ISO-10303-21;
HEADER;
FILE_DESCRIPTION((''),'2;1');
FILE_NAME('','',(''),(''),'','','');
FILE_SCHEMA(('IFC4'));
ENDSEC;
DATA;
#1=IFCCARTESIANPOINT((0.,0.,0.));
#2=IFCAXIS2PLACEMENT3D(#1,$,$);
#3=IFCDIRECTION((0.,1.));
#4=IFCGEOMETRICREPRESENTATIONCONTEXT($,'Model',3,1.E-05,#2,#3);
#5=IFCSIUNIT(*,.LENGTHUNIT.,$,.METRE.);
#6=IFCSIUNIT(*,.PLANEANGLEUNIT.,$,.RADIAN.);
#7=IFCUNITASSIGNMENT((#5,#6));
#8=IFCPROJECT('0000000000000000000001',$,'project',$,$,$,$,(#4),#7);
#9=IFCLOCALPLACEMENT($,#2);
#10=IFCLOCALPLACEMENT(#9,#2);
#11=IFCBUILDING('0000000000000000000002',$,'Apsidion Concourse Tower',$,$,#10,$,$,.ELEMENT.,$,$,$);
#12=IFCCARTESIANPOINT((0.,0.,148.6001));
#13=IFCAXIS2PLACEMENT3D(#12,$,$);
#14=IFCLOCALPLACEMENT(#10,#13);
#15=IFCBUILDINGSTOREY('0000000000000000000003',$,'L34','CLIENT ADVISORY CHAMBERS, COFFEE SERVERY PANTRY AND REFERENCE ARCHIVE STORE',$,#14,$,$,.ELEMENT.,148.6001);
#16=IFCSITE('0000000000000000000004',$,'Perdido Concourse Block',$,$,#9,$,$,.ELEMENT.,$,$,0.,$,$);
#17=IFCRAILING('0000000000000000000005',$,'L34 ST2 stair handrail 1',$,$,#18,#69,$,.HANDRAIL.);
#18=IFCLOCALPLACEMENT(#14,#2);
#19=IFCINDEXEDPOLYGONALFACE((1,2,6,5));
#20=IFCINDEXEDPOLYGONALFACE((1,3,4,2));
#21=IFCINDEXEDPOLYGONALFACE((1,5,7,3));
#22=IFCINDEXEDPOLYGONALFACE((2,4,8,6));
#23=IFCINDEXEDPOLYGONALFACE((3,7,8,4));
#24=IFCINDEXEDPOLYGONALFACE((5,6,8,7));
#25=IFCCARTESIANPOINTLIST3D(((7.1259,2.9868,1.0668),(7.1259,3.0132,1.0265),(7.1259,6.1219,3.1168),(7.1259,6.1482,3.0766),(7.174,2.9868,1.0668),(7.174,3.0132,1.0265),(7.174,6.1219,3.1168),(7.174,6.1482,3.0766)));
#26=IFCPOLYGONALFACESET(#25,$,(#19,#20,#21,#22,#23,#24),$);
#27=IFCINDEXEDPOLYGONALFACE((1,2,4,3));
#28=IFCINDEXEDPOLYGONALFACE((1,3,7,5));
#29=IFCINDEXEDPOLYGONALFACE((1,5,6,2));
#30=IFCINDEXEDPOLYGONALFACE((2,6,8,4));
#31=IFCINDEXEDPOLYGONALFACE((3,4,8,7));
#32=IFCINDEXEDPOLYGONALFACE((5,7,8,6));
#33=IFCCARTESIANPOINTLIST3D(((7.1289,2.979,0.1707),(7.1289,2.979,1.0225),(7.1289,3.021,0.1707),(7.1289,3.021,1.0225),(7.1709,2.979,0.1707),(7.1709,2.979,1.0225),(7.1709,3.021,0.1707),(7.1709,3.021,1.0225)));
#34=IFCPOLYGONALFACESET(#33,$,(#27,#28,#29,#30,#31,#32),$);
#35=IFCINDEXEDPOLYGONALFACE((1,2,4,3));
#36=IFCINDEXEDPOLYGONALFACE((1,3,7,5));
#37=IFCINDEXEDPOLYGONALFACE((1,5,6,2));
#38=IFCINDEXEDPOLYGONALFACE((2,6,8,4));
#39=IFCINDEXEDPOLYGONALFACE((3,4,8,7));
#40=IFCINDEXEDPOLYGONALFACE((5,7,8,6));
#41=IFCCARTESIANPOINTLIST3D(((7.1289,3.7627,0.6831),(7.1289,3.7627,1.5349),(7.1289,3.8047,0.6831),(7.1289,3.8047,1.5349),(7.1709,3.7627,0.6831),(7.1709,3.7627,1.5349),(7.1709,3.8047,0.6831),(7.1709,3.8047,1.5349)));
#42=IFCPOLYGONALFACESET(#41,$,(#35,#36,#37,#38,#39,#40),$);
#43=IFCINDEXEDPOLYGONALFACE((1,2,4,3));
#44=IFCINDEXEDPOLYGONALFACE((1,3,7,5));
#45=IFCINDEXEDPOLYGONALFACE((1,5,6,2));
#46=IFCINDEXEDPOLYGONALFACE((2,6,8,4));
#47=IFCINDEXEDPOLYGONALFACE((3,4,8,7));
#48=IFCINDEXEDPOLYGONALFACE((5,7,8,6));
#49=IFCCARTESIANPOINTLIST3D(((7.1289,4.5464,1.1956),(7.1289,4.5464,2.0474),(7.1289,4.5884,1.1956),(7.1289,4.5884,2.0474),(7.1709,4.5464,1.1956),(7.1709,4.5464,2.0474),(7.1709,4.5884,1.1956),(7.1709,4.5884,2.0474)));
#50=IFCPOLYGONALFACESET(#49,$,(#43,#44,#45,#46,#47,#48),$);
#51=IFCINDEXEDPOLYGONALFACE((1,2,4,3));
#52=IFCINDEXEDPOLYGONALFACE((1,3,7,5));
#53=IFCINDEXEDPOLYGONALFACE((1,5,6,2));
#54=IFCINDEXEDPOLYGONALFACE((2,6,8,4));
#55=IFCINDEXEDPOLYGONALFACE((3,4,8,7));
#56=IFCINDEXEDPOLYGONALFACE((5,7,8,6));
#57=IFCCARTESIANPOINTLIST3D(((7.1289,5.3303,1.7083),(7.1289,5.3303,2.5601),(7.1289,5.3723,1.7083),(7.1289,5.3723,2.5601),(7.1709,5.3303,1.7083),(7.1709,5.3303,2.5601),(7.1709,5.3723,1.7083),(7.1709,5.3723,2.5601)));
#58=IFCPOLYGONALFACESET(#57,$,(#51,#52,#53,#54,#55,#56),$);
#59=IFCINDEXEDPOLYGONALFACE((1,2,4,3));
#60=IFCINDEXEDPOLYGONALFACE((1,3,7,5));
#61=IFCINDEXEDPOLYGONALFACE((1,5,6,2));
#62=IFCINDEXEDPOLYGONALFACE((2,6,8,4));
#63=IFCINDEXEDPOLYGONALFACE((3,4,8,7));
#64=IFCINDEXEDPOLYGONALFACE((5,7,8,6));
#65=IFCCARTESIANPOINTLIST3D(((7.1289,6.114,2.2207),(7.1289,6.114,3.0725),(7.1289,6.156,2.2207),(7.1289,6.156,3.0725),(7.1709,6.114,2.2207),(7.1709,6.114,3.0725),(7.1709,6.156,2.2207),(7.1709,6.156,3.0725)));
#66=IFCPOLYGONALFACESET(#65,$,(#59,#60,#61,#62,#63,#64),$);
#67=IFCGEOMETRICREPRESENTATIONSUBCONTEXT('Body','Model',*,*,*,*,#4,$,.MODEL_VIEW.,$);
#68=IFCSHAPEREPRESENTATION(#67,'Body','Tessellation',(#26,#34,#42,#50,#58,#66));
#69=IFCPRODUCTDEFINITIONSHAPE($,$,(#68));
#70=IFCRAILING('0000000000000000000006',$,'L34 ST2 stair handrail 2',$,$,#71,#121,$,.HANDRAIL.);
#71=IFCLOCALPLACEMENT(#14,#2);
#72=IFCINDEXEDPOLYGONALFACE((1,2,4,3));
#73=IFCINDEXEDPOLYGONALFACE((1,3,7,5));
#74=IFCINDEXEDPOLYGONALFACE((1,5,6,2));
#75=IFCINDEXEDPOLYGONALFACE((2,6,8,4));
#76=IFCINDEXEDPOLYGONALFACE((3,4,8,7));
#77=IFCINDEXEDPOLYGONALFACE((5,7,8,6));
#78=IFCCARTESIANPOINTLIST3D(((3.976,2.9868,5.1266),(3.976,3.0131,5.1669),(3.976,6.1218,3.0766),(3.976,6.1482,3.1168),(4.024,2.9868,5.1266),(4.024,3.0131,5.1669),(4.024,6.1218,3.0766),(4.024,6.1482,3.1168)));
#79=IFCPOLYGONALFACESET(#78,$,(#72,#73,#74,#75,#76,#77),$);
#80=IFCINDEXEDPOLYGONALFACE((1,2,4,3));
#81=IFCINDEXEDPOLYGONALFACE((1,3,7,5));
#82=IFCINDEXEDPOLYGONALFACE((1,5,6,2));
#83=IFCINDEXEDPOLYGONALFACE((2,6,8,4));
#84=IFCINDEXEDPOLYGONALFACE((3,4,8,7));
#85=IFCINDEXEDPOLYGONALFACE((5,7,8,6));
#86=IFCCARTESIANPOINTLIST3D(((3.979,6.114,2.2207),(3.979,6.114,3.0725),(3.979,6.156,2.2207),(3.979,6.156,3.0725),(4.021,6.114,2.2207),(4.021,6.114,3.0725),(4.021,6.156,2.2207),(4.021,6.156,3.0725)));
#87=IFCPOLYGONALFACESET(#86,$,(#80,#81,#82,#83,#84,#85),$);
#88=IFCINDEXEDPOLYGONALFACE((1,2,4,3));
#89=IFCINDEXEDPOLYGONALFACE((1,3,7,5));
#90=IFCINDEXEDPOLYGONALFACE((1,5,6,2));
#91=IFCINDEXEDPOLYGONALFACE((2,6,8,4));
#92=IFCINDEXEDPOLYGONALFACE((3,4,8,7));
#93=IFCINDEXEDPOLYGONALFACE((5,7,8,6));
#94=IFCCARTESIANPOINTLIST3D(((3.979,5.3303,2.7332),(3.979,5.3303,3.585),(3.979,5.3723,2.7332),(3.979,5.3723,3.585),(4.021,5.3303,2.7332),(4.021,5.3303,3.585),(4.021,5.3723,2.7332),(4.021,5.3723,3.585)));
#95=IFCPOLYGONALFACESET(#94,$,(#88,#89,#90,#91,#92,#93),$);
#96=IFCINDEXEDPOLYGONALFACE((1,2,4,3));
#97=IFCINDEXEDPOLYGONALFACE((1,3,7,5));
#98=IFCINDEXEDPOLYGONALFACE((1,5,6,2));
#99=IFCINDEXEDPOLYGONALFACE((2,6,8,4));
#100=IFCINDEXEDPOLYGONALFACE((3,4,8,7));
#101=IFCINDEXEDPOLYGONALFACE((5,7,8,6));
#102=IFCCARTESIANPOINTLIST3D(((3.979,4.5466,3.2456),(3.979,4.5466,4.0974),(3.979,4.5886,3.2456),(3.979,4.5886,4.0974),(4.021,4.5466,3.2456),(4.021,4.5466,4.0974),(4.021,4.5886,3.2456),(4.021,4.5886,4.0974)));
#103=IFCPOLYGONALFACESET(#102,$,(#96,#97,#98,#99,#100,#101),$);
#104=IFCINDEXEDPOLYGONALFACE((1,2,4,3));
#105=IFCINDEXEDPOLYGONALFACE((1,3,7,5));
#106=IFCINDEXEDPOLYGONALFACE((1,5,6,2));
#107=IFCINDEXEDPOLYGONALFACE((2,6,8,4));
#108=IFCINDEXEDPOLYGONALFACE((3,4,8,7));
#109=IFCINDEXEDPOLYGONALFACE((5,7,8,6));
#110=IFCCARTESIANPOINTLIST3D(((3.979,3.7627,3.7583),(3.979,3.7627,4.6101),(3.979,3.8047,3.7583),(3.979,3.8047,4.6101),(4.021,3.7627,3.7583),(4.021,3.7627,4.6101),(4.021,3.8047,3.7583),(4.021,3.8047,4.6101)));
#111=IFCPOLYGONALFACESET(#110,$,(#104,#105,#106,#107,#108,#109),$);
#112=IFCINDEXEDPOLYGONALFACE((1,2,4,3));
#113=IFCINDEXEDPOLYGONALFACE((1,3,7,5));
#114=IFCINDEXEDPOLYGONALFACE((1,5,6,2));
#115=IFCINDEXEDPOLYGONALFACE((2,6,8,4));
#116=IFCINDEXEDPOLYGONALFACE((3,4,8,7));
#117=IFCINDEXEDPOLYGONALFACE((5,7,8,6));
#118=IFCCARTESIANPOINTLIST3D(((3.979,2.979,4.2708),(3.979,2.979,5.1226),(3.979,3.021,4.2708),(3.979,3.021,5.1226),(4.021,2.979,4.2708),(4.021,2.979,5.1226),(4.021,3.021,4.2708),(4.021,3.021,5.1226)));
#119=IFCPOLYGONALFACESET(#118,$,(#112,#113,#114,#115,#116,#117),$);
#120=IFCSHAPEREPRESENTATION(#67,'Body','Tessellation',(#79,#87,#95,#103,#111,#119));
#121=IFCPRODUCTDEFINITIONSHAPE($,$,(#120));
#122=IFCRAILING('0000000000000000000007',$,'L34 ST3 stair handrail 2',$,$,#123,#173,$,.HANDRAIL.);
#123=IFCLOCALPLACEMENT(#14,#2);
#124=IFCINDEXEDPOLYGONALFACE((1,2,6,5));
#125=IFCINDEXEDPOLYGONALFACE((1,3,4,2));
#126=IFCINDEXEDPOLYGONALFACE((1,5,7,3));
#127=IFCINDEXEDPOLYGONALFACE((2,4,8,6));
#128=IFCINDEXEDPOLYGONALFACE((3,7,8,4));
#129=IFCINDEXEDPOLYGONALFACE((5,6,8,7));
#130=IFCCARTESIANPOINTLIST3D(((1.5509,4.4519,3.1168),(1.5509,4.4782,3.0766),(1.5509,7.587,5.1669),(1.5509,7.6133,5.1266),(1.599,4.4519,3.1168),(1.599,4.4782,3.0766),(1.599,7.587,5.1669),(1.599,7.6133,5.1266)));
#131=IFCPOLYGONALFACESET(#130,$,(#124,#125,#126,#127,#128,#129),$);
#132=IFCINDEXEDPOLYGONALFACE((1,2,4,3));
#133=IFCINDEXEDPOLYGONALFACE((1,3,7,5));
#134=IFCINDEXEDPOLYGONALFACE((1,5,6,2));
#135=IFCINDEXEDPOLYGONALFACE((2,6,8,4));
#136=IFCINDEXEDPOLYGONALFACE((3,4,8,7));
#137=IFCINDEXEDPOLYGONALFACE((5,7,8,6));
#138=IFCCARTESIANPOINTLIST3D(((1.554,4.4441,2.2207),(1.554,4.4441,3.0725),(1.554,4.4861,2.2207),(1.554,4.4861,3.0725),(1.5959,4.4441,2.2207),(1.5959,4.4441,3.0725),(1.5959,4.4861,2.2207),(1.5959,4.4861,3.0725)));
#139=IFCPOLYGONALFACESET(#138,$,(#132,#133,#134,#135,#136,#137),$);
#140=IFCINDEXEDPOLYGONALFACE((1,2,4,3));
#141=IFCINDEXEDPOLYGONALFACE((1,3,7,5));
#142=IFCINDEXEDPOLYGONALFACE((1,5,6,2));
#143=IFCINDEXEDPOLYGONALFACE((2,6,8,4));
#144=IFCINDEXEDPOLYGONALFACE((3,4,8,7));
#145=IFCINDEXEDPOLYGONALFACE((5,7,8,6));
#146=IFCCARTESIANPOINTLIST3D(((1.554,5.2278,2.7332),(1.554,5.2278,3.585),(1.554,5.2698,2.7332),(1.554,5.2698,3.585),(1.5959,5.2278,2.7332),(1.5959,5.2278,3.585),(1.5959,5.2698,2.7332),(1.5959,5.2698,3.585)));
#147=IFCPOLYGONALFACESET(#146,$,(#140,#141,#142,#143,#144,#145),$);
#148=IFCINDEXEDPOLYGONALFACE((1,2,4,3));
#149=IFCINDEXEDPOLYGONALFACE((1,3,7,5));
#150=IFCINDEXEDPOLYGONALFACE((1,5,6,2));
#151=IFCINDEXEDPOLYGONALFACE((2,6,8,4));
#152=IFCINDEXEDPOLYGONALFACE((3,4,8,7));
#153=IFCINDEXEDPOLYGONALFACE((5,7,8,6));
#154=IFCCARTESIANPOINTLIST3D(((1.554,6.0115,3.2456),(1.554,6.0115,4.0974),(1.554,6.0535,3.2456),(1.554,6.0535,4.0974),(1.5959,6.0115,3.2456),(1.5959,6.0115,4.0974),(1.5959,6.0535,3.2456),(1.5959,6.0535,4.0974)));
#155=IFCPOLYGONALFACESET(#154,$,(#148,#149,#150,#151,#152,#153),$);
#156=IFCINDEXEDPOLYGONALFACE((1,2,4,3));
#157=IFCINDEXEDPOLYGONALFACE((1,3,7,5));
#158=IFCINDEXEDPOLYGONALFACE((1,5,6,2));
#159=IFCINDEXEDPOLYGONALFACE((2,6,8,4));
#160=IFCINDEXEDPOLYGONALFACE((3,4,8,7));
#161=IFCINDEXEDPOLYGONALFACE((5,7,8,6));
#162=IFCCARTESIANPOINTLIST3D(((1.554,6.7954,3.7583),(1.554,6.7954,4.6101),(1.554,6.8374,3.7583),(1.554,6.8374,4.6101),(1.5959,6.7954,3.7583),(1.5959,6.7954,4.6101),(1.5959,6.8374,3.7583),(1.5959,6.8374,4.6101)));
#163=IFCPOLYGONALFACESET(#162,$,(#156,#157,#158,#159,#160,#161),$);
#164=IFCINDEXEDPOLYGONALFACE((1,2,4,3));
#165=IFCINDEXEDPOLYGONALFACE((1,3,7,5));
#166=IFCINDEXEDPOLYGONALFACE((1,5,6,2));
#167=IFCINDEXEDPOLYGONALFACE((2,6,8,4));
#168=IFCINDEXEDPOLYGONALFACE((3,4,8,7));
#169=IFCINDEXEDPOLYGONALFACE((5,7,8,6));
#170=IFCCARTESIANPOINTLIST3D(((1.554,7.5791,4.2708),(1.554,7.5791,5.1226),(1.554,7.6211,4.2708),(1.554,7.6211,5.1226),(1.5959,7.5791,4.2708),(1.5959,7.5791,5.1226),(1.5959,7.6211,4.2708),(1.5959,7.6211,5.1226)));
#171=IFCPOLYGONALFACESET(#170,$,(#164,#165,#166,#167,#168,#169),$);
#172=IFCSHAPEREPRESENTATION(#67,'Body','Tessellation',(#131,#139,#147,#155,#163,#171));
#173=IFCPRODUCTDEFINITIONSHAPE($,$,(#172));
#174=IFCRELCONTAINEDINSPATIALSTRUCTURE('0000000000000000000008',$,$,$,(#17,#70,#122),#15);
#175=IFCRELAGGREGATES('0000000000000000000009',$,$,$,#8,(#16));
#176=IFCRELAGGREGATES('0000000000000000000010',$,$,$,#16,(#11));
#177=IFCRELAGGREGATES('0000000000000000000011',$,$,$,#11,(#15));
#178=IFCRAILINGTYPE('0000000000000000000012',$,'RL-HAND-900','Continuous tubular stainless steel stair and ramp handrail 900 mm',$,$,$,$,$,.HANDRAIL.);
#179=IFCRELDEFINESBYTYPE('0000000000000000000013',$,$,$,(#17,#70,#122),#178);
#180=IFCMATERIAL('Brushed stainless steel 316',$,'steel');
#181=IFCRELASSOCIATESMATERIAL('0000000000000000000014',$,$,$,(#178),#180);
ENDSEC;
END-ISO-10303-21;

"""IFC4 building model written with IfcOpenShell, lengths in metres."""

from ifc_helpers import new_model, si_unit, direction, frame, origin, origin_2d, place, context, subcontext, project, spatial, rectangle, extrude, material, type_object, element, save


model = new_model("IFC4")

# Units and contexts
model_context = context("Model", 3, precision=1e-05, world=origin(), true_north=direction((0.0, 1.0)))
body_context = subcontext(model_context, "Body", "Model", "MODEL_VIEW")
ifc_project = project(units=[si_unit("LENGTHUNIT", "METRE"), si_unit("PLANEANGLEUNIT", "RADIAN")], contexts=[model_context])

# Site, building, storey
site_placement = place(None, origin())
site = spatial("IfcSite", under=ifc_project, at=site_placement, Name="Perdido Concourse Block", CompositionType="ELEMENT", RefElevation=0.0)
building_placement = place(site_placement, origin())
building = spatial("IfcBuilding", under=site, at=building_placement, Name="Apsidion Concourse Tower", CompositionType="ELEMENT")
storey_placement = place(building_placement, frame((0.0, 0.0, 148.6001)))
storey = spatial("IfcBuildingStorey", under=building, at=storey_placement, Name="L34", Description="CLIENT ADVISORY CHAMBERS, COFFEE SERVERY PANTRY AND REFERENCE ARCHIVE STORE", CompositionType="ELEMENT", Elevation=148.6001)

# Shared definitions
ifc_material_1 = material(Name="Brushed stainless steel 316", Category="steel")

# Railings
railing_type_1 = type_object("IfcRailingType", Name="RL-HAND-900", Description="Continuous tubular stainless steel stair and ramp handrail 900 mm", PredefinedType="HANDRAIL", material=ifc_material_1)
railing_1_placement = place(storey_placement, frame((7.1499, 3.0, 0.1707)))
element("IfcRailing", 1, at=railing_1_placement, inside=storey, type_object=railing_type_1, Name="L34 ST2 stair handrail 1", PredefinedType="HANDRAIL", context=body_context, shape_type="SweptSolid", body=[
    extrude(rectangle(XDim=0.0481, YDim=0.0481, at=origin_2d()), frame((0.0, 0.0, 0.876), z_axis=(0.0, 0.836941, 0.547293), x_axis=(-1.0, 0.0, 0.0)), (0.0, 0.0, 1.0), 3.7458),
    extrude(rectangle(XDim=0.042, YDim=0.042, at=origin_2d()), origin(), (0.0, 0.0, 1.0), 0.8518),
    extrude(rectangle(XDim=0.042, YDim=0.042, at=origin_2d()), frame((0.0, 0.7837, 0.5125)), (0.0, 0.0, 1.0), 0.8518),
    extrude(rectangle(XDim=0.042, YDim=0.042, at=origin_2d()), frame((0.0, 1.5674, 1.0249)), (0.0, 0.0, 1.0), 0.8518),
    extrude(rectangle(XDim=0.042, YDim=0.042, at=origin_2d()), frame((0.0, 2.3513, 1.5376)), (0.0, 0.0, 1.0), 0.8518),
    extrude(rectangle(XDim=0.042, YDim=0.042, at=origin_2d()), frame((0.0, 3.135, 2.05)), (0.0, 0.0, 1.0), 0.8518),
])
railing_2_placement = place(storey_placement, frame((4.0, 6.135, 2.2207)))
element("IfcRailing", 2, at=railing_2_placement, inside=storey, type_object=railing_type_1, Name="L34 ST2 stair handrail 2", PredefinedType="HANDRAIL", context=body_context, shape_type="SweptSolid", body=[
    extrude(rectangle(XDim=0.0481, YDim=0.0481, at=origin_2d()), frame((0.0, 0.0, 0.876), z_axis=(0.0, -0.836941, 0.547293), x_axis=(1.0, 0.0, 0.0)), (0.0, 0.0, 1.0), 3.7458),
    extrude(rectangle(XDim=0.042, YDim=0.042, at=origin_2d()), origin(), (0.0, 0.0, 1.0), 0.8518),
    extrude(rectangle(XDim=0.042, YDim=0.042, at=origin_2d()), frame((0.0, -0.7837, 0.5125)), (0.0, 0.0, 1.0), 0.8518),
    extrude(rectangle(XDim=0.042, YDim=0.042, at=origin_2d()), frame((0.0, -1.5674, 1.0249)), (0.0, 0.0, 1.0), 0.8518),
    extrude(rectangle(XDim=0.042, YDim=0.042, at=origin_2d()), frame((0.0, -2.3513, 1.5376)), (0.0, 0.0, 1.0), 0.8518),
    extrude(rectangle(XDim=0.042, YDim=0.042, at=origin_2d()), frame((0.0, -3.135, 2.05)), (0.0, 0.0, 1.0), 0.8518),
])
railing_3_placement = place(storey_placement, frame((1.575, 4.4651, 2.2207)))
element("IfcRailing", 3, at=railing_3_placement, inside=storey, type_object=railing_type_1, Name="L34 ST3 stair handrail 2", PredefinedType="HANDRAIL", context=body_context, shape_type="SweptSolid", body=[
    extrude(rectangle(XDim=0.0481, YDim=0.0481, at=origin_2d()), frame((0.0, 0.0, 0.876), z_axis=(0.0, 0.836941, 0.547293), x_axis=(-1.0, 0.0, 0.0)), (0.0, 0.0, 1.0), 3.7458),
    extrude(rectangle(XDim=0.042, YDim=0.042, at=origin_2d()), origin(), (0.0, 0.0, 1.0), 0.8518),
    extrude(rectangle(XDim=0.042, YDim=0.042, at=origin_2d()), frame((0.0, 0.7837, 0.5125)), (0.0, 0.0, 1.0), 0.8518),
    extrude(rectangle(XDim=0.042, YDim=0.042, at=origin_2d()), frame((0.0, 1.5674, 1.0249)), (0.0, 0.0, 1.0), 0.8518),
    extrude(rectangle(XDim=0.042, YDim=0.042, at=origin_2d()), frame((0.0, 2.3513, 1.5376)), (0.0, 0.0, 1.0), 0.8518),
    extrude(rectangle(XDim=0.042, YDim=0.042, at=origin_2d()), frame((0.0, 3.135, 2.05)), (0.0, 0.0, 1.0), 0.8518),
])

save(model, "model.ifc")
